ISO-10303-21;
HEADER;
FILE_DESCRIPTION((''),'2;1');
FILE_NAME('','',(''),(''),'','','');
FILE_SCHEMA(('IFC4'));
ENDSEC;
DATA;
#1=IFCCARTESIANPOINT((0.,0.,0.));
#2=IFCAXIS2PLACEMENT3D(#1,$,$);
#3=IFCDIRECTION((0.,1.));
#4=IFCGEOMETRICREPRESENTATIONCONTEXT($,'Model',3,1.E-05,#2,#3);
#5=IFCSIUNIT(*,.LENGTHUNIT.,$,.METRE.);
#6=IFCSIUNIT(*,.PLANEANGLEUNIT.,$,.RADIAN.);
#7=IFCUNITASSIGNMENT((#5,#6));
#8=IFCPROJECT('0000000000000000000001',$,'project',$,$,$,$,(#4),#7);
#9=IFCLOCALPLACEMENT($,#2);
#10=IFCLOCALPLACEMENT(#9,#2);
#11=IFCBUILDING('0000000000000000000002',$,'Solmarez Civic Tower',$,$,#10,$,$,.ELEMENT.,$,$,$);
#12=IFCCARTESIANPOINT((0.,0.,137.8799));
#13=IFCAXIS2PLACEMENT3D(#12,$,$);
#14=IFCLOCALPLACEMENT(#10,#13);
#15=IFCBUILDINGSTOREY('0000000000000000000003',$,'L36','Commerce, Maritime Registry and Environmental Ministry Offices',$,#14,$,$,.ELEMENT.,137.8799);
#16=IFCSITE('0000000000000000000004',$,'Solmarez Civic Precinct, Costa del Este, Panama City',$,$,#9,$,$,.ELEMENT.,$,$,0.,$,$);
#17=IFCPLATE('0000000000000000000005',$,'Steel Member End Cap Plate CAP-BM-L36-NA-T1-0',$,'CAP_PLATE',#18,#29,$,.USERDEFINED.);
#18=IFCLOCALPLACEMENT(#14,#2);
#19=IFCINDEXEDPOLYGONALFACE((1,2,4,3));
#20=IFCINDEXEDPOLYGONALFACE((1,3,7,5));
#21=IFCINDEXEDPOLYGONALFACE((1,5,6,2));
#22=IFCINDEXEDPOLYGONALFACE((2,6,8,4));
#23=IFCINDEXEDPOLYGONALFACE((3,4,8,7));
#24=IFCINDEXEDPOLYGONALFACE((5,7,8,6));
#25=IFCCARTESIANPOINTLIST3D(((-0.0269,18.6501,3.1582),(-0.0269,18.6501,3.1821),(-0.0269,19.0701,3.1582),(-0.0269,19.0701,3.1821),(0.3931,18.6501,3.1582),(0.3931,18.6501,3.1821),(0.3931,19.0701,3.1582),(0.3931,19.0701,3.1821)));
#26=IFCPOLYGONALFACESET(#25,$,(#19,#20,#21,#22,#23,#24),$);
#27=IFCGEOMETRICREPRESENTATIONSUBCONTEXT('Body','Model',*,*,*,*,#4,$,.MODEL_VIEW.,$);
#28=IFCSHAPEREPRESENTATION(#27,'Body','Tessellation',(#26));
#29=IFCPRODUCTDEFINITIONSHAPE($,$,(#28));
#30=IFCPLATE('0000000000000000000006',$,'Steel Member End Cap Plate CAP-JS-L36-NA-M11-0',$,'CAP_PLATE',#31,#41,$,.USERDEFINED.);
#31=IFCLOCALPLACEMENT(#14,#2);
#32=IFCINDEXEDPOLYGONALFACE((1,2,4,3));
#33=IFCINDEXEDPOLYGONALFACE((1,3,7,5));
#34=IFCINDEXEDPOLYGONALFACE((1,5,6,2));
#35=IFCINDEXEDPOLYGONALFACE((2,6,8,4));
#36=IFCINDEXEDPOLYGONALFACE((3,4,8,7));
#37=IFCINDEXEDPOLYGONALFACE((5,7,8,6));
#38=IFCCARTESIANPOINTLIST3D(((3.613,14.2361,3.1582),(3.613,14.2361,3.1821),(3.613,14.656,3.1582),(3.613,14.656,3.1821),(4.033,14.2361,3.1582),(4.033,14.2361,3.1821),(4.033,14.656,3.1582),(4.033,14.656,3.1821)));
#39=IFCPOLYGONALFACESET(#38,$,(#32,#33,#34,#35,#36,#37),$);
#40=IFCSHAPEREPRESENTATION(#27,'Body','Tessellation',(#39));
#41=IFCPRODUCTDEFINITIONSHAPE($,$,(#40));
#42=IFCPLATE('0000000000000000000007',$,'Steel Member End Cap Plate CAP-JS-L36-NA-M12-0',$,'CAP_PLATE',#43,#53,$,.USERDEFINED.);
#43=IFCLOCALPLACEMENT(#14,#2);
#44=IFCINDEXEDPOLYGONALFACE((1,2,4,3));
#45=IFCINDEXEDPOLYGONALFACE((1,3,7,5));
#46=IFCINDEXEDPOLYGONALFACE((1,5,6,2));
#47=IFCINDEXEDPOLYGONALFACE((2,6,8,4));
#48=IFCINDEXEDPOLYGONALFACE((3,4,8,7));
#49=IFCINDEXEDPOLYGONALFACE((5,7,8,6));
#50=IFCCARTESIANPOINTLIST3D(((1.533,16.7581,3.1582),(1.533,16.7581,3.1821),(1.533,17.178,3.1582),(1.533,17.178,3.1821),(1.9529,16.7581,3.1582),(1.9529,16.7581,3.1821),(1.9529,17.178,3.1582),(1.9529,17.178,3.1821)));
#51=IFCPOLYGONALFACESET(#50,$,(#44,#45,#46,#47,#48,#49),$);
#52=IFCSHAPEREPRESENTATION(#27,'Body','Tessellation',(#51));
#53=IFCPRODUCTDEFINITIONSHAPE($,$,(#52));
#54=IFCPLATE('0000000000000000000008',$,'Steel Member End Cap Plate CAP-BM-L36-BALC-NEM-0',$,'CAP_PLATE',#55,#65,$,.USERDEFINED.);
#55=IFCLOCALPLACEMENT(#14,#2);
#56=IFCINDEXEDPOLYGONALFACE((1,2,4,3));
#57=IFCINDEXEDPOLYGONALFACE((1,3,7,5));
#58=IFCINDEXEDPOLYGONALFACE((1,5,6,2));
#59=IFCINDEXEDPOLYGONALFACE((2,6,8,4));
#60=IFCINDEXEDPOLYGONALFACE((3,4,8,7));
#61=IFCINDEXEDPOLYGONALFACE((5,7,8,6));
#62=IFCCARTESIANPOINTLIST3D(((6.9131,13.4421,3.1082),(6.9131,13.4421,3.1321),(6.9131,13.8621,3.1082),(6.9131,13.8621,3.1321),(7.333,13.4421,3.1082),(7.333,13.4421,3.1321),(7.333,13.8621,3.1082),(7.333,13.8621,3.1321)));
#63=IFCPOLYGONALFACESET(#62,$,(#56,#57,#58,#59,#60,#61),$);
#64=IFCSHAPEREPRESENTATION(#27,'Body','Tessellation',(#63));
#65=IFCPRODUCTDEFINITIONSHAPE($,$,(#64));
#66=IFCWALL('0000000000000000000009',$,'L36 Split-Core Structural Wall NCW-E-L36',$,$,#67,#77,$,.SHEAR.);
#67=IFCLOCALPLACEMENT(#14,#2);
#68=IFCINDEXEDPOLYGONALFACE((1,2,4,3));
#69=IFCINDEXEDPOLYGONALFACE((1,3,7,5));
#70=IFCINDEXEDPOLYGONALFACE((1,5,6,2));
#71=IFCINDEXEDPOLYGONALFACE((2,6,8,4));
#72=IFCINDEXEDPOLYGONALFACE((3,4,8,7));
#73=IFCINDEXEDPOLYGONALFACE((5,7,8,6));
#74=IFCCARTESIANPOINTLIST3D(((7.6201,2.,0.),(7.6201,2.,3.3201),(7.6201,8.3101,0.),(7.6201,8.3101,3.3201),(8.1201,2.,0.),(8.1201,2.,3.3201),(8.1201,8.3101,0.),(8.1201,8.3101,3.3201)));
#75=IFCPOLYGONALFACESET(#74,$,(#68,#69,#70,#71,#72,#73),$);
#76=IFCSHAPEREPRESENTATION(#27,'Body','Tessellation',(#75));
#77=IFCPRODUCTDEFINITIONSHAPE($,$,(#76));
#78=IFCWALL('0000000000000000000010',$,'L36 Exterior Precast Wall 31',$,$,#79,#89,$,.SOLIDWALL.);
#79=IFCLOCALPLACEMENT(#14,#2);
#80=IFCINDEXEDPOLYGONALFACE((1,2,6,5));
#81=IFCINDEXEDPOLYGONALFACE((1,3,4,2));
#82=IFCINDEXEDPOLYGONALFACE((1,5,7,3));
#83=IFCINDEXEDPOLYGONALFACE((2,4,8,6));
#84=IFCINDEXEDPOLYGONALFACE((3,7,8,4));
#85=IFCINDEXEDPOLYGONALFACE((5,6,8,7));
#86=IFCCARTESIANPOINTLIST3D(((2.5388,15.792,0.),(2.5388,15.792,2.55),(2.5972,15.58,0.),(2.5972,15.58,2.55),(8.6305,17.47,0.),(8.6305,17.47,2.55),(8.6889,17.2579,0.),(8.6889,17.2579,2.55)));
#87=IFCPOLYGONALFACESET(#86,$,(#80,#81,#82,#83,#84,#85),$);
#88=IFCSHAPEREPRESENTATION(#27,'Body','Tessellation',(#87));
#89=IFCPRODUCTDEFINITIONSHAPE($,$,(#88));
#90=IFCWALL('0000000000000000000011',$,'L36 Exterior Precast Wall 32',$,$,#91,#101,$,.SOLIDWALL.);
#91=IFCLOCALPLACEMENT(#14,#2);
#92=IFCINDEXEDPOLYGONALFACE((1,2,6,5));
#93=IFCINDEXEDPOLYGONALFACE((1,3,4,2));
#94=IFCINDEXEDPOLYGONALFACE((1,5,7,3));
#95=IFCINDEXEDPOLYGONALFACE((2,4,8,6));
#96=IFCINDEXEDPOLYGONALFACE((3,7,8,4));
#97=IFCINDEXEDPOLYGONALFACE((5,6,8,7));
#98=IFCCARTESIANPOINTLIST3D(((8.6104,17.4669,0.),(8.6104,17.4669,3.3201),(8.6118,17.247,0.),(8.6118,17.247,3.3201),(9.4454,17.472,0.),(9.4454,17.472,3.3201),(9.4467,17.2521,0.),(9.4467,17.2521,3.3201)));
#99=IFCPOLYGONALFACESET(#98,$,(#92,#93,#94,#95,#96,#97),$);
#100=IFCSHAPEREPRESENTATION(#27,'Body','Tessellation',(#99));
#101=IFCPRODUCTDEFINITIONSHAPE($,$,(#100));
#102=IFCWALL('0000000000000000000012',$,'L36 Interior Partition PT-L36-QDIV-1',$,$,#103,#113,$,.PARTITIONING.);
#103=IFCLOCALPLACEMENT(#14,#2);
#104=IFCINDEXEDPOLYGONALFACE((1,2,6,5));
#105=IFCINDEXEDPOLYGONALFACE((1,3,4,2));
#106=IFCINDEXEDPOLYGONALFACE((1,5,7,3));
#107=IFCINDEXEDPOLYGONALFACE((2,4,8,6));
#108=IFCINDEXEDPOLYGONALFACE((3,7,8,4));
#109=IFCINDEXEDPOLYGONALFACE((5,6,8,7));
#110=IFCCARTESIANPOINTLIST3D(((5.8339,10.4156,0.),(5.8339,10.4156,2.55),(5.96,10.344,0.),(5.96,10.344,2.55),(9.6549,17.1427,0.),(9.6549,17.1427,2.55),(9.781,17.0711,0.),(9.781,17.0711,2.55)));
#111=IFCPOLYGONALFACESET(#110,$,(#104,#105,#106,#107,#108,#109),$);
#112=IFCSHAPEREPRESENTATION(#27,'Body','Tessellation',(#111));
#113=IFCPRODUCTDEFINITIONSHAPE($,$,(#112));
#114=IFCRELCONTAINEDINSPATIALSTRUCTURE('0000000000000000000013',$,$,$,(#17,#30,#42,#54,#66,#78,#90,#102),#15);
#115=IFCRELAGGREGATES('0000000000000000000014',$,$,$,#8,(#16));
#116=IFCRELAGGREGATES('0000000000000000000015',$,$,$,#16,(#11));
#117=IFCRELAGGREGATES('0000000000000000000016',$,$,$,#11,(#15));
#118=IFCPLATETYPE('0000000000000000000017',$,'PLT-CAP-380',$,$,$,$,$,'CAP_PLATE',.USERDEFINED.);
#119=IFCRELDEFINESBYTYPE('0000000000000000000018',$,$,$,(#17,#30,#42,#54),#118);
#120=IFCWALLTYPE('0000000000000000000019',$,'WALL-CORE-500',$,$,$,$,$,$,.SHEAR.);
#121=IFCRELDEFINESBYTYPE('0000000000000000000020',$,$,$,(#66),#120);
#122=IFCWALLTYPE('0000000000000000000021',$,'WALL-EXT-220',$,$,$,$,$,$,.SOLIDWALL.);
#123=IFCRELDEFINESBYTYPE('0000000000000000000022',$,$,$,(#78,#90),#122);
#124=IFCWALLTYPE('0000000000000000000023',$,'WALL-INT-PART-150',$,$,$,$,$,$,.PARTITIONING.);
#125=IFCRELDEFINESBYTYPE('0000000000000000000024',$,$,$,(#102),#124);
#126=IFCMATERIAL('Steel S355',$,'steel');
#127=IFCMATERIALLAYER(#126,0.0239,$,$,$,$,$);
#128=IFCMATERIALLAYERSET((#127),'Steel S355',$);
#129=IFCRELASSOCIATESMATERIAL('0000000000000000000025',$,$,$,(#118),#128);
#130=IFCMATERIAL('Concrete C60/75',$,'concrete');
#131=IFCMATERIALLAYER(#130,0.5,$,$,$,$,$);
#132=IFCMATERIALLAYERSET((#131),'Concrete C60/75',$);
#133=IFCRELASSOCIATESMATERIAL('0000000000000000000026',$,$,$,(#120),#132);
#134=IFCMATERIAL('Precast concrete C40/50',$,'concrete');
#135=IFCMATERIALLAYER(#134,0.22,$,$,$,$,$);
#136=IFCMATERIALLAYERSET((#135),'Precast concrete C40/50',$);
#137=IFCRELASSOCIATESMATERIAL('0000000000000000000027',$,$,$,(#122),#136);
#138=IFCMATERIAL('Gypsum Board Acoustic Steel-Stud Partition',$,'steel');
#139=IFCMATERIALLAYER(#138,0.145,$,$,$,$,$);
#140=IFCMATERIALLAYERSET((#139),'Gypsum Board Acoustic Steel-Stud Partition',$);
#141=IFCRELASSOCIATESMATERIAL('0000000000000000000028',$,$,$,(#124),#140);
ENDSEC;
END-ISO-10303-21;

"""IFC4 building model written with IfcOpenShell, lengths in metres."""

from ifc_helpers import new_model, si_unit, direction, frame, frame_2d, origin, origin_2d, place, context, subcontext, project, spatial, rectangle, extrude, material, layer, layer_set, type_object, element, save


model = new_model("IFC4")

# Units and contexts
model_context = context("Model", 3, precision=1e-05, world=origin(), true_north=direction((0.0, 1.0)))
body_context = subcontext(model_context, "Body", "Model", "MODEL_VIEW")
ifc_project = project(units=[si_unit("LENGTHUNIT", "METRE"), si_unit("PLANEANGLEUNIT", "RADIAN")], contexts=[model_context])

# Site, building, storey
site_placement = place(None, origin())
site = spatial("IfcSite", under=ifc_project, at=site_placement, Name="Solmarez Civic Precinct, Costa del Este, Panama City", CompositionType="ELEMENT", RefElevation=0.0)
building_placement = place(site_placement, origin())
building = spatial("IfcBuilding", under=site, at=building_placement, Name="Solmarez Civic Tower", CompositionType="ELEMENT")
storey_placement = place(building_placement, frame((0.0, 0.0, 137.8799)))
storey = spatial("IfcBuildingStorey", under=building, at=storey_placement, Name="L36", Description="Commerce, Maritime Registry and Environmental Ministry Offices", CompositionType="ELEMENT", Elevation=137.8799)

# Shared definitions
ifc_material_1 = material(Name="Steel S355", Category="steel")

# Plates
ifc_layer_1 = layer(ifc_material_1, 0.0239)
ifc_layer_set_1 = layer_set([ifc_layer_1], Name="Steel S355")
plate_type = type_object("IfcPlateType", Name="PLT-CAP-380", ElementType="CAP_PLATE", PredefinedType="USERDEFINED", material=ifc_layer_set_1)
for number, where, z_axis, x_axis, name in (
    (1, (0.1831, 18.8601, 3.1582), (0.0, 0.0, 1.0), (1.0, 0.0, 0.0), "Steel Member End Cap Plate CAP-BM-L36-NA-T1-0"),
    (2, (3.823, 14.446, 3.1582), (0.0, 0.0, 1.0), (1.0, 0.0, 0.0), "Steel Member End Cap Plate CAP-JS-L36-NA-M11-0"),
    (3, (1.7429, 16.968, 3.1582), (0.0, 0.0, 1.0), (1.0, 0.0, 0.0), "Steel Member End Cap Plate CAP-JS-L36-NA-M12-0"),
    (4, (7.123, 13.6521, 3.1082), (0.0, 0.0, 1.0), (1.0, 0.0, 0.0), "Steel Member End Cap Plate CAP-BM-L36-BALC-NEM-0"),
):
    element("IfcPlate", number, at=place(storey_placement, frame(where, z_axis=z_axis, x_axis=x_axis)), inside=storey, type_object=plate_type, Name=name, ObjectType="CAP_PLATE", PredefinedType="USERDEFINED", context=body_context, shape_type="SweptSolid", body=[
        extrude(rectangle(XDim=0.4199, YDim=0.4199, at=origin_2d()), origin(), (0.0, 0.0, 1.0), 0.0239),
    ])

# Walls
ifc_material_2 = material(Name="Concrete C60/75", Category="concrete")
ifc_layer_2 = layer(ifc_material_2, 0.5)
ifc_layer_set_2 = layer_set([ifc_layer_2], Name="Concrete C60/75")
wall_type_1 = type_object("IfcWallType", Name="WALL-CORE-500", PredefinedType="SHEAR", material=ifc_layer_set_2)
wall_1_placement = place(storey_placement, frame((7.8701, 8.3101, 0.0), z_axis=(0.0, 0.0, 1.0), x_axis=(0.0, -1.0, 0.0)))
element("IfcWall", 5, at=wall_1_placement, inside=storey, type_object=wall_type_1, Name="L36 Split-Core Structural Wall NCW-E-L36", PredefinedType="SHEAR", context=body_context, shape_type="SweptSolid", body=[
    extrude(rectangle(XDim=6.3101, YDim=0.5, at=frame_2d((3.155, 0.0))), origin(), (0.0, 0.0, 1.0), 3.3201),
])
ifc_material_3 = material(Name="Precast concrete C40/50", Category="concrete")
ifc_layer_3 = layer(ifc_material_3, 0.22)
ifc_layer_set_3 = layer_set([ifc_layer_3], Name="Precast concrete C40/50")
wall_type_2 = type_object("IfcWallType", Name="WALL-EXT-220", PredefinedType="SOLIDWALL", material=ifc_layer_set_3)
wall_2_placement = place(storey_placement, frame((2.5681, 15.686, 0.0), z_axis=(0.0, 0.0, 1.0), x_axis=(0.964095, 0.265559, 0.0)))
element("IfcWall", 6, at=wall_2_placement, inside=storey, type_object=wall_type_2, Name="L36 Exterior Precast Wall 31", PredefinedType="SOLIDWALL", context=body_context, shape_type="SweptSolid", body=[
    extrude(rectangle(XDim=6.3186, YDim=0.22, at=frame_2d((3.1592, 0.0))), origin(), (0.0, 0.0, 1.0), 2.55),
])
wall_3_placement = place(storey_placement, frame((8.6111, 17.3569, 0.0), z_axis=(0.0, 0.0, 1.0), x_axis=(0.999981, 0.00614, 0.0)))
element("IfcWall", 7, at=wall_3_placement, inside=storey, type_object=wall_type_2, Name="L36 Exterior Precast Wall 32", PredefinedType="SOLIDWALL", context=body_context, shape_type="SweptSolid", body=[
    extrude(rectangle(XDim=0.835, YDim=0.22, at=frame_2d((0.4175, 0.0))), origin(), (0.0, 0.0, 1.0), 3.3201),
])
ifc_material_4 = material(Name="Gypsum Board Acoustic Steel-Stud Partition", Category="steel")
ifc_layer_4 = layer(ifc_material_4, 0.145)
ifc_layer_set_4 = layer_set([ifc_layer_4], Name="Gypsum Board Acoustic Steel-Stud Partition")
wall_type_3 = type_object("IfcWallType", Name="WALL-INT-PART-150", PredefinedType="PARTITIONING", material=ifc_layer_set_4)
wall_4_placement = place(storey_placement, frame((5.897, 10.3799, 0.0), z_axis=(0.0, 0.0, 1.0), x_axis=(0.493898, 0.86952, 0.0)))
element("IfcWall", 8, at=wall_4_placement, inside=storey, type_object=wall_type_3, Name="L36 Interior Partition PT-L36-QDIV-1", PredefinedType="PARTITIONING", context=body_context, shape_type="SweptSolid", body=[
    extrude(rectangle(XDim=7.7366, YDim=0.145, at=frame_2d((3.8682, 0.0))), origin(), (0.0, 0.0, 1.0), 2.55),
])

save(model, "model.ifc")
